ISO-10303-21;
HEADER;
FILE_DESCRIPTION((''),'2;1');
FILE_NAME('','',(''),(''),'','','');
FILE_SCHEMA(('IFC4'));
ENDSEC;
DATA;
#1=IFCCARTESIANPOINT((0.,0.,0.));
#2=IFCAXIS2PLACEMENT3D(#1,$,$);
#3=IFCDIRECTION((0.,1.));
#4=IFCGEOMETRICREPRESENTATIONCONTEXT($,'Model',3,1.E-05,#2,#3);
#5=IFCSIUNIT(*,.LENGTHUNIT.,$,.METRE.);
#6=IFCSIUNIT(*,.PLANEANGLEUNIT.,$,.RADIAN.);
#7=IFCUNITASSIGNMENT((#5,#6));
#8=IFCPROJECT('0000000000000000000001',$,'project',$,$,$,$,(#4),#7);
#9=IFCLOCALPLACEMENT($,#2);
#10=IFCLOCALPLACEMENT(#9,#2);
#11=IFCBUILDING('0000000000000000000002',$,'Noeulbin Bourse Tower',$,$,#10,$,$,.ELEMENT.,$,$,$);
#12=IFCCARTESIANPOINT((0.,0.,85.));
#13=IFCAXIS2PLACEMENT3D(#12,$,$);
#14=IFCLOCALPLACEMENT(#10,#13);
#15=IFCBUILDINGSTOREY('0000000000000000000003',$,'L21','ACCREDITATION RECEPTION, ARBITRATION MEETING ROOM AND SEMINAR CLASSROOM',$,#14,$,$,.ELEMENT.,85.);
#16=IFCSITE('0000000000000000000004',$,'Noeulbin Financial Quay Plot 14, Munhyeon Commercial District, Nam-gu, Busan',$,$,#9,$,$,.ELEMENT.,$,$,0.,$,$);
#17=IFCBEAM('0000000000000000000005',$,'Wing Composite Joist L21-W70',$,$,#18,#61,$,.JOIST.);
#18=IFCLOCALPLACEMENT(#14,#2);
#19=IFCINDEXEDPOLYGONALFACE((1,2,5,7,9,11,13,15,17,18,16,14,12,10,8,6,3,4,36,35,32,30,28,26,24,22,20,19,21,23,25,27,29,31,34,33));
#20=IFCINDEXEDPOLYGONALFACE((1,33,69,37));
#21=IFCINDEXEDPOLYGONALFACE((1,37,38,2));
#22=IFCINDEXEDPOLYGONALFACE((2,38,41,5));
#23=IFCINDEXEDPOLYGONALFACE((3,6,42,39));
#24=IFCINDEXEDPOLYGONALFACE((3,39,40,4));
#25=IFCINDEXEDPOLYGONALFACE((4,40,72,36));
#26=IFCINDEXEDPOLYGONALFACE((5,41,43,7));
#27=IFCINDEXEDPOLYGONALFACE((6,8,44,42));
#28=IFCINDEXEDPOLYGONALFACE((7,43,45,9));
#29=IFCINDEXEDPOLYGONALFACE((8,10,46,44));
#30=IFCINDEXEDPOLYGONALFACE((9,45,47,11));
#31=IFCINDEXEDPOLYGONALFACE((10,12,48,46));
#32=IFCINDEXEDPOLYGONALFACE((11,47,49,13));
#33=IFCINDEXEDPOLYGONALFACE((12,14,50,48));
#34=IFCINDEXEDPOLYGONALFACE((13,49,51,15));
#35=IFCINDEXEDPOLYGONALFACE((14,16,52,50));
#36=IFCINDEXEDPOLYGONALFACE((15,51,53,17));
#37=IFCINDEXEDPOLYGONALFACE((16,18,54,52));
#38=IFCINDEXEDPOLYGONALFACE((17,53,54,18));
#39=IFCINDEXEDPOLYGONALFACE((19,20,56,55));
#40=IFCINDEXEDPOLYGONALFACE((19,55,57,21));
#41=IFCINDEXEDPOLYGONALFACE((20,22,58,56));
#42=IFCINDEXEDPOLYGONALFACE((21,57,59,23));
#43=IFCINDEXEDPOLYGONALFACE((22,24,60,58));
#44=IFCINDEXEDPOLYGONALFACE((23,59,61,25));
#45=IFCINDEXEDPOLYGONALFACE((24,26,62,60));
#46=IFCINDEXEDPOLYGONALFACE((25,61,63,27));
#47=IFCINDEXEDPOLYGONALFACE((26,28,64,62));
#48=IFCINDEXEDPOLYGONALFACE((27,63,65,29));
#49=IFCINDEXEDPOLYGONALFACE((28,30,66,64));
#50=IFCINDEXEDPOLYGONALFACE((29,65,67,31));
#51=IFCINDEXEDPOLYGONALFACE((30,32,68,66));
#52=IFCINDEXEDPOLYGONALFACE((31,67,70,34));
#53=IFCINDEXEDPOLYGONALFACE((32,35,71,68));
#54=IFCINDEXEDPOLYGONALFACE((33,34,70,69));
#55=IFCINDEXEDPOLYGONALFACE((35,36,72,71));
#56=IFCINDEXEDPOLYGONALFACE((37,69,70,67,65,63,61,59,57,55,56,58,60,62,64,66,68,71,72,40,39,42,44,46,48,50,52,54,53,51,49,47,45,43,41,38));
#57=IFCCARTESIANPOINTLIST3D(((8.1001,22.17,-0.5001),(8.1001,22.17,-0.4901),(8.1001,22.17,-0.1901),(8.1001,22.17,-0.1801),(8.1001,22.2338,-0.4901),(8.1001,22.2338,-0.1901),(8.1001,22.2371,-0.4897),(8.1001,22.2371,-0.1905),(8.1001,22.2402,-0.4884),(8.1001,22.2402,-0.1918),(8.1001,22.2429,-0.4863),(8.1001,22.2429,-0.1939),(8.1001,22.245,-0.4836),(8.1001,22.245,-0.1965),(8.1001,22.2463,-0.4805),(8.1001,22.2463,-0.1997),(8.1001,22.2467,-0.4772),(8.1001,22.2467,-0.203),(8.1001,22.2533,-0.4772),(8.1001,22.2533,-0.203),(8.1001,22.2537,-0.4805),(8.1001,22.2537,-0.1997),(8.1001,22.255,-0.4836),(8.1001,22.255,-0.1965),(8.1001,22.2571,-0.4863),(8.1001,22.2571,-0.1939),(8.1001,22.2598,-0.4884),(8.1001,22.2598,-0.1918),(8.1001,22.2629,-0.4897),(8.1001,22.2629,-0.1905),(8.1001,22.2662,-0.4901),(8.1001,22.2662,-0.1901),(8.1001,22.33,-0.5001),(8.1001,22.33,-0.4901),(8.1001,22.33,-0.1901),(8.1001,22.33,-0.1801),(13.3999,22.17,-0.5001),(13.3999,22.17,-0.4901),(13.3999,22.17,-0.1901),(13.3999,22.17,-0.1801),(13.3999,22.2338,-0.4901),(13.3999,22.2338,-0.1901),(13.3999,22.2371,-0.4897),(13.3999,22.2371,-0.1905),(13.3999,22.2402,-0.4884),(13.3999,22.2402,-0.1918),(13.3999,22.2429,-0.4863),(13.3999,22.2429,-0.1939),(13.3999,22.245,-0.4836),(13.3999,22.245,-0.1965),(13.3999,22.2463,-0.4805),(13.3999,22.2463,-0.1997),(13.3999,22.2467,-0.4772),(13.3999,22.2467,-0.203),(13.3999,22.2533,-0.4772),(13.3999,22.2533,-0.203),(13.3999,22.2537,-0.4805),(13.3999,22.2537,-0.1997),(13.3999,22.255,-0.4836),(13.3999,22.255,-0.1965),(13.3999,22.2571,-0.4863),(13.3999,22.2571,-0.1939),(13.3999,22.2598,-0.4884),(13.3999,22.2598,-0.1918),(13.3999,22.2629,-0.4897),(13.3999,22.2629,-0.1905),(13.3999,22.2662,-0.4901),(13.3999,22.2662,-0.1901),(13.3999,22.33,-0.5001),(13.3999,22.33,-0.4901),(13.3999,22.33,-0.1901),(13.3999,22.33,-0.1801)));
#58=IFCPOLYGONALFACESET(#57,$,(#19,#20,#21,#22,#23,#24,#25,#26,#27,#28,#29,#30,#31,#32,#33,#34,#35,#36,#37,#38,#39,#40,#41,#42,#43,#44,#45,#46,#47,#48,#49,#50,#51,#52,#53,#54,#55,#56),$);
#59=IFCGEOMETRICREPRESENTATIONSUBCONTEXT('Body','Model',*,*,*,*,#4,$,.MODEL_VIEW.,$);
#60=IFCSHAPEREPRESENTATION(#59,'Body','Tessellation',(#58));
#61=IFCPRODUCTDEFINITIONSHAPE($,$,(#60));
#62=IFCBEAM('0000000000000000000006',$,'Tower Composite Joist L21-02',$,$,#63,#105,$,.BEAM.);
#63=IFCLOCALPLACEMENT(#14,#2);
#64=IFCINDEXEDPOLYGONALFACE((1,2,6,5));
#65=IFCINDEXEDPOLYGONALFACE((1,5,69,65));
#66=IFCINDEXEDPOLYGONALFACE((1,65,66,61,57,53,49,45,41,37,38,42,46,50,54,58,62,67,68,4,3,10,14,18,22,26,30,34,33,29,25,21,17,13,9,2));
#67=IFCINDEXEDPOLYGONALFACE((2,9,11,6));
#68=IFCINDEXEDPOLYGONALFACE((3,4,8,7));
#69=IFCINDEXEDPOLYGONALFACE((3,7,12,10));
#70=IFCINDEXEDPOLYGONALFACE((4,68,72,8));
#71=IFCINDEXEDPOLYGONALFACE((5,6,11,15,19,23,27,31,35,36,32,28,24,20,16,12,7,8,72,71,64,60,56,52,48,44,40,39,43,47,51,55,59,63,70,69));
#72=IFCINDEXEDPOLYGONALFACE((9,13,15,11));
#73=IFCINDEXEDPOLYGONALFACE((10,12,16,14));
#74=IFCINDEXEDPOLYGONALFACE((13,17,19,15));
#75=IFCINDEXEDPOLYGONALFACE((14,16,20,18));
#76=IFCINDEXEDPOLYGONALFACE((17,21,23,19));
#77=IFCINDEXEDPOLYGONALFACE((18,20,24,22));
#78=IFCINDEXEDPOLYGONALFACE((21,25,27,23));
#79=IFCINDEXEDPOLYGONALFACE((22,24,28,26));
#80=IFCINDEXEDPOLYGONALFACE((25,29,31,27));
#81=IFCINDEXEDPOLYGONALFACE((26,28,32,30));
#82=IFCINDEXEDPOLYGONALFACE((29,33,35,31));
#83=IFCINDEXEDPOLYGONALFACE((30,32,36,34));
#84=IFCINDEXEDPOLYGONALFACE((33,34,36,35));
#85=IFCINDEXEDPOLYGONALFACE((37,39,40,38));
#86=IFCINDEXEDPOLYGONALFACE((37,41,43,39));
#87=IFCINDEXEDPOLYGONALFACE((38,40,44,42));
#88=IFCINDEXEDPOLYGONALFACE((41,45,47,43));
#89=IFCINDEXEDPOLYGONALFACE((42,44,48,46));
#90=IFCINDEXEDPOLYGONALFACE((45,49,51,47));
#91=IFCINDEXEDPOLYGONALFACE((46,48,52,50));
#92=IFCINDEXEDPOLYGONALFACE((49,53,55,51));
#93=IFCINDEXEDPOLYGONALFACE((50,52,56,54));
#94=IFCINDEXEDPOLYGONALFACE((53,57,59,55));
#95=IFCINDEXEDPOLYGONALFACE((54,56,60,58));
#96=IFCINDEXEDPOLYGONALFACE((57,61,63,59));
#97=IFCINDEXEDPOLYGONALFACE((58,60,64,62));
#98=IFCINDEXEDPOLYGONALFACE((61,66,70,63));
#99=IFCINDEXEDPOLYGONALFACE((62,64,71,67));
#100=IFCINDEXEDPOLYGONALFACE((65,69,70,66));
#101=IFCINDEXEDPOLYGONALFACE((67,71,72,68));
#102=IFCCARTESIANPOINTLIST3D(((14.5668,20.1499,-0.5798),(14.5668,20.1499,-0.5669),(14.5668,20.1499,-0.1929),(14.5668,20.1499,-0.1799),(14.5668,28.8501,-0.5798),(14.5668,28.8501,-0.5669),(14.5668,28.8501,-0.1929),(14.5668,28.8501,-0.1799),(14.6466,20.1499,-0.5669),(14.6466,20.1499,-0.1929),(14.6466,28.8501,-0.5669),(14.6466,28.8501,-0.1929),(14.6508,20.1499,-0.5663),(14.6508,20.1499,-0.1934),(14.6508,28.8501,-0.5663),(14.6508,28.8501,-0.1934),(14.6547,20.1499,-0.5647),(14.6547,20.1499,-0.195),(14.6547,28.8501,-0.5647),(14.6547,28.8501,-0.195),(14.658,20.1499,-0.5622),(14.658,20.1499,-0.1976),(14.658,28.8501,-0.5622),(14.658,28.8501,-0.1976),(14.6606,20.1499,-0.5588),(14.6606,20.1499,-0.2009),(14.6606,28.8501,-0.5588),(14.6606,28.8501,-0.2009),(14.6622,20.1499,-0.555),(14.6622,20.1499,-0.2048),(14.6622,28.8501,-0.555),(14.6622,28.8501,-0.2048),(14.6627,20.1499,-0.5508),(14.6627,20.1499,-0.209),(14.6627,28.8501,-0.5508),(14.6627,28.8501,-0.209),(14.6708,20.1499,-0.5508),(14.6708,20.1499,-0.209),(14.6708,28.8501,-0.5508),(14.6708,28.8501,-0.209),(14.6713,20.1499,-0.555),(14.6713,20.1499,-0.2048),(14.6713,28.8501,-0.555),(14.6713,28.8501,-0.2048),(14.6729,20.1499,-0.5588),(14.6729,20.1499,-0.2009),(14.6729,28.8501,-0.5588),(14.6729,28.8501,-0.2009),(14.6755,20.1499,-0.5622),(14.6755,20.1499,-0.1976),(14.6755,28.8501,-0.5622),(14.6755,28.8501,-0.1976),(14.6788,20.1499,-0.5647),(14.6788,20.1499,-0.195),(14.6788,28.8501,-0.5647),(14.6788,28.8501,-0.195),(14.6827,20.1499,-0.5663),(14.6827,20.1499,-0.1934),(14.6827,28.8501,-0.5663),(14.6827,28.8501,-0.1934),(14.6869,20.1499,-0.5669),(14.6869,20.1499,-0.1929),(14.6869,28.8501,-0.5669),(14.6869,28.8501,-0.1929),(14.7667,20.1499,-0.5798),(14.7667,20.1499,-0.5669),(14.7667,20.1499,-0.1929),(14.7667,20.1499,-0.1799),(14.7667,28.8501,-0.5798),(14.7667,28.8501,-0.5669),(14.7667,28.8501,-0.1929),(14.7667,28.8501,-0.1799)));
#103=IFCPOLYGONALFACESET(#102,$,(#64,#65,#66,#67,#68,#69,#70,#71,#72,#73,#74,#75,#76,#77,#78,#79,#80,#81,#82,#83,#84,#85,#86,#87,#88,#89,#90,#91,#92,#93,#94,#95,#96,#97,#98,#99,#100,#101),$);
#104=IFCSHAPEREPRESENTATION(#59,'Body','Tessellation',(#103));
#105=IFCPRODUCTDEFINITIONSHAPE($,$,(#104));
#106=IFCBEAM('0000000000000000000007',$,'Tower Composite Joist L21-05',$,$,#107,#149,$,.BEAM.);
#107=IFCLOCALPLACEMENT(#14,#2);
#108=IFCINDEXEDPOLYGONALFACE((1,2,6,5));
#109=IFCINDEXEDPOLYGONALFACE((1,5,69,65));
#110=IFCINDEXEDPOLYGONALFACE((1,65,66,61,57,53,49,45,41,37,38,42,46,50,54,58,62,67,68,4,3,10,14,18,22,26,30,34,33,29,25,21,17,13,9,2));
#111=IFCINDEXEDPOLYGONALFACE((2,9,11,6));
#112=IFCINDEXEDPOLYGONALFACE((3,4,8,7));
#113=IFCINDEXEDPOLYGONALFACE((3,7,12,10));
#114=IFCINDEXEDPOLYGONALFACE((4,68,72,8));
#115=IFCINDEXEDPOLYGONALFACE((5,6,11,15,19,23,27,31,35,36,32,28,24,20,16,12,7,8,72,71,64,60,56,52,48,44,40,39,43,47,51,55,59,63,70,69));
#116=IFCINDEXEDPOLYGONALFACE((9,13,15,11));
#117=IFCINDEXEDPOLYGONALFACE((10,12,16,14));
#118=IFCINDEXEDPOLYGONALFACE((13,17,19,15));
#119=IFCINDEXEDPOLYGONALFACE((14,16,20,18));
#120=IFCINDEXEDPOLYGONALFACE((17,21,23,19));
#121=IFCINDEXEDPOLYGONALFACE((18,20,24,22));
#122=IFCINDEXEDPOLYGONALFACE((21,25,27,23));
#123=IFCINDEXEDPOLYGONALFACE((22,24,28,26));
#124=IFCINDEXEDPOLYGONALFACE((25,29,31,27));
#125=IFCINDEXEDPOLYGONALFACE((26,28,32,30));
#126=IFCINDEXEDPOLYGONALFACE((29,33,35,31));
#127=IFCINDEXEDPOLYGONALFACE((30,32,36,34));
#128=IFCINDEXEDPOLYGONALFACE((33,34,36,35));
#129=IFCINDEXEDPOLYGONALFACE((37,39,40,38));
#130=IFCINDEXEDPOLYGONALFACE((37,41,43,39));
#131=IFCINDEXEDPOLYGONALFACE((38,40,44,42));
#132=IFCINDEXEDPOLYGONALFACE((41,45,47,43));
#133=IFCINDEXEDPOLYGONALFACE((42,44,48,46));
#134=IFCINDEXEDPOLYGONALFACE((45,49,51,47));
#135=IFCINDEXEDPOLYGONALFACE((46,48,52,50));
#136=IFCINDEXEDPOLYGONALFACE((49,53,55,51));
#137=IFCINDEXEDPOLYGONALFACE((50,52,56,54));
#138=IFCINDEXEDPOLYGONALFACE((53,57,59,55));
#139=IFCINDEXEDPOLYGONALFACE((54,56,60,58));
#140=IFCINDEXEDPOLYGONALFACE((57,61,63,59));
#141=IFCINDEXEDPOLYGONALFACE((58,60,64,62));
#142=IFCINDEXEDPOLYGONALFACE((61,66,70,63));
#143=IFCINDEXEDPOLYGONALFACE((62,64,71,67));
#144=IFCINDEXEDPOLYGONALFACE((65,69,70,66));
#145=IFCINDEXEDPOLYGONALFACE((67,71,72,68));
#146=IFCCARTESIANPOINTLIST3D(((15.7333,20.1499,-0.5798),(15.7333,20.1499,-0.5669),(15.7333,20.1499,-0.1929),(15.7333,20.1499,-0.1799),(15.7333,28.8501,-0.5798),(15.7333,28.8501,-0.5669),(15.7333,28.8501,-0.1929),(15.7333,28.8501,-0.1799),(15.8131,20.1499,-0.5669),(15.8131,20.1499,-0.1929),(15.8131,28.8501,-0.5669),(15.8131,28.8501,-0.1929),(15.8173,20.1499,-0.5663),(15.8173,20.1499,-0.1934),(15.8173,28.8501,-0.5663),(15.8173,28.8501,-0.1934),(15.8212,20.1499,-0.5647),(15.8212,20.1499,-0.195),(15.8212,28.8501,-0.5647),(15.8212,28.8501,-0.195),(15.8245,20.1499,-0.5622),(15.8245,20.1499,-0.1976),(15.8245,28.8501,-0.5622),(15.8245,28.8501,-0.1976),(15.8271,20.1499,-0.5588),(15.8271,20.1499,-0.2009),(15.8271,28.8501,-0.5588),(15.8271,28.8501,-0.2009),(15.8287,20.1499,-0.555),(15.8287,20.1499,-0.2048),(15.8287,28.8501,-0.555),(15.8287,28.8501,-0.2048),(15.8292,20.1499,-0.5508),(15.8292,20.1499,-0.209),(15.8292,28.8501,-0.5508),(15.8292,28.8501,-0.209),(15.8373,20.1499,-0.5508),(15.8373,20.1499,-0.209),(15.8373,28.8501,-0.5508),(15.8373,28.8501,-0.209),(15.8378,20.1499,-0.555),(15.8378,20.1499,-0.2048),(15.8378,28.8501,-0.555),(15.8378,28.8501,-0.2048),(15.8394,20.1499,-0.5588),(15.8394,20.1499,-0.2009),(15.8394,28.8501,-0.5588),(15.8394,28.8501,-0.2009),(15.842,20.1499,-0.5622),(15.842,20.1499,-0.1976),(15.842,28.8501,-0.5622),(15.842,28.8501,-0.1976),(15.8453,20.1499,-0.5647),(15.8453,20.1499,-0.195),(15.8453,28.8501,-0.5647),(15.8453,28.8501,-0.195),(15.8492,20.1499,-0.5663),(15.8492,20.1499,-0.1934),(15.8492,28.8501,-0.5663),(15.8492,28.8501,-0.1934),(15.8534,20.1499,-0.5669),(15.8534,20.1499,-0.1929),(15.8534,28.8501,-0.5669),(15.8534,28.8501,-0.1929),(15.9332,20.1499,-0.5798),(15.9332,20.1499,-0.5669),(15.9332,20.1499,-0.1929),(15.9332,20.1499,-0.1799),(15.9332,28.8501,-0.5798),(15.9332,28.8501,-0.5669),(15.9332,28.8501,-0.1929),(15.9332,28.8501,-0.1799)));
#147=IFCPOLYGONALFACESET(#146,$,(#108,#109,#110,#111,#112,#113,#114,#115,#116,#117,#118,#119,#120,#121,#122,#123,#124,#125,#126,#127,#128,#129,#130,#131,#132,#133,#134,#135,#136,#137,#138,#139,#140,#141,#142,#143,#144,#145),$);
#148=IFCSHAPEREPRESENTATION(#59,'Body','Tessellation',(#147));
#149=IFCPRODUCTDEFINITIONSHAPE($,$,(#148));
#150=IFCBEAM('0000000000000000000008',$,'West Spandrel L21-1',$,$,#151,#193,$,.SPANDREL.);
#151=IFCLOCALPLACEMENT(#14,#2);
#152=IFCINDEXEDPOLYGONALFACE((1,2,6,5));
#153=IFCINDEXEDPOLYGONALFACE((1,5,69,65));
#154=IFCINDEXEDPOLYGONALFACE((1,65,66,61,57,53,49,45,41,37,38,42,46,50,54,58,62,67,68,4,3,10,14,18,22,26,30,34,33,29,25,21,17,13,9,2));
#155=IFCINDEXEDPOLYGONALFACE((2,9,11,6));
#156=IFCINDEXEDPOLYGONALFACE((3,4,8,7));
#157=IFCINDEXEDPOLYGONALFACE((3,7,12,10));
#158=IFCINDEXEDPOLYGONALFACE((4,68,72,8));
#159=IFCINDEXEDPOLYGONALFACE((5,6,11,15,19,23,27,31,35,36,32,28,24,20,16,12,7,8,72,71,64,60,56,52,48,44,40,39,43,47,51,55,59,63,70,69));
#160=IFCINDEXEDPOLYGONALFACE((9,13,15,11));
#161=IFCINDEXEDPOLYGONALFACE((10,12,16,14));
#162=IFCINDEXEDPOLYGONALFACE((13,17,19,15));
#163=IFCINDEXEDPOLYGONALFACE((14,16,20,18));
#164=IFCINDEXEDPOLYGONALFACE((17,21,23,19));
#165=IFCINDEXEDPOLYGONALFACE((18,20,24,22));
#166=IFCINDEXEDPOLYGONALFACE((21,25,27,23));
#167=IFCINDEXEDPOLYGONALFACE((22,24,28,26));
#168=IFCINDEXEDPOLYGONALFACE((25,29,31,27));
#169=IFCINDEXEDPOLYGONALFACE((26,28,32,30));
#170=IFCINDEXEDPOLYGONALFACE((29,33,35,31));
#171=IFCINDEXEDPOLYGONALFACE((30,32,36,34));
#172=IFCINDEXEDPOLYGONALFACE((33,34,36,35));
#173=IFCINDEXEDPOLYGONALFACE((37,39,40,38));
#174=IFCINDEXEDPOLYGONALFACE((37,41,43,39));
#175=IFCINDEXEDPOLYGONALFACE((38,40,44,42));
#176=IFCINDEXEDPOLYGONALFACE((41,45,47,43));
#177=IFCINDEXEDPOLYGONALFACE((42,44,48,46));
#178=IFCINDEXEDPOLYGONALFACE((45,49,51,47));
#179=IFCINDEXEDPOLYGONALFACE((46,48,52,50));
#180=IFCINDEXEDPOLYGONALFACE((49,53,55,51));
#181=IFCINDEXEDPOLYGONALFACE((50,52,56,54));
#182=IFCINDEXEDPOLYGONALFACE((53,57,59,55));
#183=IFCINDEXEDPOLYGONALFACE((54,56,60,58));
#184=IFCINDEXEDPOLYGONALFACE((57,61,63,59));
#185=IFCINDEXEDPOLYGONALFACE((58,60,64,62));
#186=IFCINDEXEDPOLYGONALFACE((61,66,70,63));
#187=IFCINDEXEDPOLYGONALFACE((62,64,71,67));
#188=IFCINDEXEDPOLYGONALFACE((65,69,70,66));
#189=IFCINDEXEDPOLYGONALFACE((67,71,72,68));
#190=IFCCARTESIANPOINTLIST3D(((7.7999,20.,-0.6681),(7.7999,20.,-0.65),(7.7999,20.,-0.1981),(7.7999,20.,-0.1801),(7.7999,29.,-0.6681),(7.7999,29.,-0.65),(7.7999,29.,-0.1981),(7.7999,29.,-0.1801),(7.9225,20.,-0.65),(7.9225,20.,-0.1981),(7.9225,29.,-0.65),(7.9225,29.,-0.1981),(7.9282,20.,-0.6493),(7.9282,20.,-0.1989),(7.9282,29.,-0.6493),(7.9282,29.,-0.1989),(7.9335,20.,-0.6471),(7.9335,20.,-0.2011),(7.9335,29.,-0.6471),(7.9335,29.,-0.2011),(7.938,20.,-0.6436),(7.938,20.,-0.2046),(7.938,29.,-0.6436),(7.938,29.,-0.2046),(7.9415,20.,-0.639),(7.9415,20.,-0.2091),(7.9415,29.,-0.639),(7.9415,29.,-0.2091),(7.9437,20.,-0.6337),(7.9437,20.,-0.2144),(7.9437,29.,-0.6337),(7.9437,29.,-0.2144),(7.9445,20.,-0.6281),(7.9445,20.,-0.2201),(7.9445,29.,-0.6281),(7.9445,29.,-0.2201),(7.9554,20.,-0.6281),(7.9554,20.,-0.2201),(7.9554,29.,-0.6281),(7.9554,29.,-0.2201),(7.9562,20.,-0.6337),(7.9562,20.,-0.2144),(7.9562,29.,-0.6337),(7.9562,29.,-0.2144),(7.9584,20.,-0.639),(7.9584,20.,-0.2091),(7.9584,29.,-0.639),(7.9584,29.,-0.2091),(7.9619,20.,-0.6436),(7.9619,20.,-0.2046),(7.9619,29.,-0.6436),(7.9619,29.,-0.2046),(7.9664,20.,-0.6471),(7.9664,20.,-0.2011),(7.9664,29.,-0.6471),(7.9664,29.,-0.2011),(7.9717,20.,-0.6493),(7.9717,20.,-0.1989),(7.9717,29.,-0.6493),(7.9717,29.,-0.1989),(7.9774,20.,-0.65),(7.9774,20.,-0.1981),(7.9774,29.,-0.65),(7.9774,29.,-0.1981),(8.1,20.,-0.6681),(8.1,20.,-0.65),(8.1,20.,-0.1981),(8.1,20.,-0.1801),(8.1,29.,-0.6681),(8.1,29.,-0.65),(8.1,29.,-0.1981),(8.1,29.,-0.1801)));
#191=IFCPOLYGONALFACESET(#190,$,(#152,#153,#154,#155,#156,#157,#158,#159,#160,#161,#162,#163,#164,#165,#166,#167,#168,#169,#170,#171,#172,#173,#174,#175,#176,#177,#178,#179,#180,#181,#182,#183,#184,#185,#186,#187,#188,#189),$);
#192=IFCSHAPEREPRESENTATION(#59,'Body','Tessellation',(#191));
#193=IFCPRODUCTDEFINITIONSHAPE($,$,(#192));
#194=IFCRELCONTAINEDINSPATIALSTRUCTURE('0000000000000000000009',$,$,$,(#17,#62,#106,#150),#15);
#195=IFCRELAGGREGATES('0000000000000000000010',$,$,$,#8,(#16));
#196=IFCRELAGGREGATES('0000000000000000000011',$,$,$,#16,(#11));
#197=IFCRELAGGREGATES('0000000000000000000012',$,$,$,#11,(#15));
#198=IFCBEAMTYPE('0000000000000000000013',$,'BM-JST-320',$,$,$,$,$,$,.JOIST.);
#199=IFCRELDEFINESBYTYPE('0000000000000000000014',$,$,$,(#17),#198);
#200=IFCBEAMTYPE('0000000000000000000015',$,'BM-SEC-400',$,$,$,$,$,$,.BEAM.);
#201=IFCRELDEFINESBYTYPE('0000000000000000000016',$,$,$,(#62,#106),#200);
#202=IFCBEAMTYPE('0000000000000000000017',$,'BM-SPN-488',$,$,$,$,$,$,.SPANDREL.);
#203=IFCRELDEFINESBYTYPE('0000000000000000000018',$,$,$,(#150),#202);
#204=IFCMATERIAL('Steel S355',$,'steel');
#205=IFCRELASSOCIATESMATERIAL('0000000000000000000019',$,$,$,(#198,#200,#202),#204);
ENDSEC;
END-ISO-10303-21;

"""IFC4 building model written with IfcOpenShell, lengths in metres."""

from ifc_helpers import new_model, si_unit, direction, frame, origin, origin_2d, place, context, subcontext, project, spatial, i_section, extrude, material, material_profile, profile_set, type_object, element, save


model = new_model("IFC4")

# Units and contexts
model_context = context("Model", 3, precision=1e-05, world=origin(), true_north=direction((0.0, 1.0)))
body_context = subcontext(model_context, "Body", "Model", "MODEL_VIEW")
ifc_project = project(units=[si_unit("LENGTHUNIT", "METRE"), si_unit("PLANEANGLEUNIT", "RADIAN")], contexts=[model_context])

# Site, building, storey
site_placement = place(None, origin())
site = spatial("IfcSite", under=ifc_project, at=site_placement, Name="Noeulbin Financial Quay Plot 14, Munhyeon Commercial District, Nam-gu, Busan", CompositionType="ELEMENT", RefElevation=0.0)
building_placement = place(site_placement, origin())
building = spatial("IfcBuilding", under=site, at=building_placement, Name="Noeulbin Bourse Tower", CompositionType="ELEMENT")
storey_placement = place(building_placement, frame((0.0, 0.0, 85.0)))
storey = spatial("IfcBuildingStorey", under=building, at=storey_placement, Name="L21", Description="ACCREDITATION RECEPTION, ARBITRATION MEETING ROOM AND SEMINAR CLASSROOM", CompositionType="ELEMENT", Elevation=85.0)

# Beams
ifc_material_1 = material(Name="Steel S355", Category="steel")
ifc_material_profile_1 = material_profile(ifc_material_1, i_section(OverallWidth=0.1599, OverallDepth=0.3201, WebThickness=0.0066, FlangeThickness=0.01, FilletRadius=0.0129, at=origin_2d()), Name="H-320x160x6.5x10", Category="LoadBearing")
ifc_profile_set_1 = profile_set([ifc_material_profile_1], Name="Steel S355")
beam_type_1 = type_object("IfcBeamType", Name="BM-JST-320", PredefinedType="JOIST", material=ifc_profile_set_1)
beam_1_placement = place(storey_placement, frame((8.1001, 22.25, -0.3401), z_axis=(1.0, 0.0, 0.0), x_axis=(0.0, 1.0, 0.0)))
element("IfcBeam", 1, at=beam_1_placement, inside=storey, type_object=beam_type_1, Name="Wing Composite Joist L21-W70", PredefinedType="JOIST", context=body_context, shape_type="SweptSolid", body=[
    extrude(i_section(OverallWidth=0.1599, OverallDepth=0.3201, WebThickness=0.0066, FlangeThickness=0.01, FilletRadius=0.0129, at=origin_2d()), origin(), (0.0, 0.0, 1.0), 5.2998),
])
ifc_material_profile_2 = material_profile(ifc_material_1, i_section(OverallWidth=0.2, OverallDepth=0.3999, WebThickness=0.0081, FlangeThickness=0.0129, FilletRadius=0.0161, at=origin_2d()), Name="H-400x200x8x13", Category="LoadBearing")
ifc_profile_set_2 = profile_set([ifc_material_profile_2], Name="Steel S355")
beam_type_2 = type_object("IfcBeamType", Name="BM-SEC-400", PredefinedType="BEAM", material=ifc_profile_set_2)
for number, where, z_axis, x_axis, name in (
    (2, (14.6667, 20.1499, -0.3799), (0.0, 1.0, 0.0), (-1.0, 0.0, 0.0), "Tower Composite Joist L21-02"),
    (3, (15.8333, 20.1499, -0.3799), (0.0, 1.0, 0.0), (-1.0, 0.0, 0.0), "Tower Composite Joist L21-05"),
):
    element("IfcBeam", number, at=place(storey_placement, frame(where, z_axis=z_axis, x_axis=x_axis)), inside=storey, type_object=beam_type_2, Name=name, PredefinedType="BEAM", context=body_context, shape_type="SweptSolid", body=[
        extrude(i_section(OverallWidth=0.2, OverallDepth=0.3999, WebThickness=0.0081, FlangeThickness=0.0129, FilletRadius=0.0161, at=origin_2d()), origin(), (0.0, 0.0, 1.0), 8.7002),
    ])
ifc_material_profile_3 = material_profile(ifc_material_1, i_section(OverallWidth=0.3, OverallDepth=0.488, WebThickness=0.011, FlangeThickness=0.0181, FilletRadius=0.022, at=origin_2d()), Name="H-488x300x11x18", Category="LoadBearing")
ifc_profile_set_3 = profile_set([ifc_material_profile_3], Name="Steel S355")
beam_type_3 = type_object("IfcBeamType", Name="BM-SPN-488", PredefinedType="SPANDREL", material=ifc_profile_set_3)
beam_2_placement = place(storey_placement, frame((7.95, 20.0, -0.4241), z_axis=(0.0, 1.0, 0.0), x_axis=(-1.0, 0.0, 0.0)))
element("IfcBeam", 4, at=beam_2_placement, inside=storey, type_object=beam_type_3, Name="West Spandrel L21-1", PredefinedType="SPANDREL", context=body_context, shape_type="SweptSolid", body=[
    extrude(i_section(OverallWidth=0.3, OverallDepth=0.488, WebThickness=0.011, FlangeThickness=0.0181, FilletRadius=0.022, at=origin_2d()), origin(), (0.0, 0.0, 1.0), 9.0),
])

save(model, "model.ifc")
